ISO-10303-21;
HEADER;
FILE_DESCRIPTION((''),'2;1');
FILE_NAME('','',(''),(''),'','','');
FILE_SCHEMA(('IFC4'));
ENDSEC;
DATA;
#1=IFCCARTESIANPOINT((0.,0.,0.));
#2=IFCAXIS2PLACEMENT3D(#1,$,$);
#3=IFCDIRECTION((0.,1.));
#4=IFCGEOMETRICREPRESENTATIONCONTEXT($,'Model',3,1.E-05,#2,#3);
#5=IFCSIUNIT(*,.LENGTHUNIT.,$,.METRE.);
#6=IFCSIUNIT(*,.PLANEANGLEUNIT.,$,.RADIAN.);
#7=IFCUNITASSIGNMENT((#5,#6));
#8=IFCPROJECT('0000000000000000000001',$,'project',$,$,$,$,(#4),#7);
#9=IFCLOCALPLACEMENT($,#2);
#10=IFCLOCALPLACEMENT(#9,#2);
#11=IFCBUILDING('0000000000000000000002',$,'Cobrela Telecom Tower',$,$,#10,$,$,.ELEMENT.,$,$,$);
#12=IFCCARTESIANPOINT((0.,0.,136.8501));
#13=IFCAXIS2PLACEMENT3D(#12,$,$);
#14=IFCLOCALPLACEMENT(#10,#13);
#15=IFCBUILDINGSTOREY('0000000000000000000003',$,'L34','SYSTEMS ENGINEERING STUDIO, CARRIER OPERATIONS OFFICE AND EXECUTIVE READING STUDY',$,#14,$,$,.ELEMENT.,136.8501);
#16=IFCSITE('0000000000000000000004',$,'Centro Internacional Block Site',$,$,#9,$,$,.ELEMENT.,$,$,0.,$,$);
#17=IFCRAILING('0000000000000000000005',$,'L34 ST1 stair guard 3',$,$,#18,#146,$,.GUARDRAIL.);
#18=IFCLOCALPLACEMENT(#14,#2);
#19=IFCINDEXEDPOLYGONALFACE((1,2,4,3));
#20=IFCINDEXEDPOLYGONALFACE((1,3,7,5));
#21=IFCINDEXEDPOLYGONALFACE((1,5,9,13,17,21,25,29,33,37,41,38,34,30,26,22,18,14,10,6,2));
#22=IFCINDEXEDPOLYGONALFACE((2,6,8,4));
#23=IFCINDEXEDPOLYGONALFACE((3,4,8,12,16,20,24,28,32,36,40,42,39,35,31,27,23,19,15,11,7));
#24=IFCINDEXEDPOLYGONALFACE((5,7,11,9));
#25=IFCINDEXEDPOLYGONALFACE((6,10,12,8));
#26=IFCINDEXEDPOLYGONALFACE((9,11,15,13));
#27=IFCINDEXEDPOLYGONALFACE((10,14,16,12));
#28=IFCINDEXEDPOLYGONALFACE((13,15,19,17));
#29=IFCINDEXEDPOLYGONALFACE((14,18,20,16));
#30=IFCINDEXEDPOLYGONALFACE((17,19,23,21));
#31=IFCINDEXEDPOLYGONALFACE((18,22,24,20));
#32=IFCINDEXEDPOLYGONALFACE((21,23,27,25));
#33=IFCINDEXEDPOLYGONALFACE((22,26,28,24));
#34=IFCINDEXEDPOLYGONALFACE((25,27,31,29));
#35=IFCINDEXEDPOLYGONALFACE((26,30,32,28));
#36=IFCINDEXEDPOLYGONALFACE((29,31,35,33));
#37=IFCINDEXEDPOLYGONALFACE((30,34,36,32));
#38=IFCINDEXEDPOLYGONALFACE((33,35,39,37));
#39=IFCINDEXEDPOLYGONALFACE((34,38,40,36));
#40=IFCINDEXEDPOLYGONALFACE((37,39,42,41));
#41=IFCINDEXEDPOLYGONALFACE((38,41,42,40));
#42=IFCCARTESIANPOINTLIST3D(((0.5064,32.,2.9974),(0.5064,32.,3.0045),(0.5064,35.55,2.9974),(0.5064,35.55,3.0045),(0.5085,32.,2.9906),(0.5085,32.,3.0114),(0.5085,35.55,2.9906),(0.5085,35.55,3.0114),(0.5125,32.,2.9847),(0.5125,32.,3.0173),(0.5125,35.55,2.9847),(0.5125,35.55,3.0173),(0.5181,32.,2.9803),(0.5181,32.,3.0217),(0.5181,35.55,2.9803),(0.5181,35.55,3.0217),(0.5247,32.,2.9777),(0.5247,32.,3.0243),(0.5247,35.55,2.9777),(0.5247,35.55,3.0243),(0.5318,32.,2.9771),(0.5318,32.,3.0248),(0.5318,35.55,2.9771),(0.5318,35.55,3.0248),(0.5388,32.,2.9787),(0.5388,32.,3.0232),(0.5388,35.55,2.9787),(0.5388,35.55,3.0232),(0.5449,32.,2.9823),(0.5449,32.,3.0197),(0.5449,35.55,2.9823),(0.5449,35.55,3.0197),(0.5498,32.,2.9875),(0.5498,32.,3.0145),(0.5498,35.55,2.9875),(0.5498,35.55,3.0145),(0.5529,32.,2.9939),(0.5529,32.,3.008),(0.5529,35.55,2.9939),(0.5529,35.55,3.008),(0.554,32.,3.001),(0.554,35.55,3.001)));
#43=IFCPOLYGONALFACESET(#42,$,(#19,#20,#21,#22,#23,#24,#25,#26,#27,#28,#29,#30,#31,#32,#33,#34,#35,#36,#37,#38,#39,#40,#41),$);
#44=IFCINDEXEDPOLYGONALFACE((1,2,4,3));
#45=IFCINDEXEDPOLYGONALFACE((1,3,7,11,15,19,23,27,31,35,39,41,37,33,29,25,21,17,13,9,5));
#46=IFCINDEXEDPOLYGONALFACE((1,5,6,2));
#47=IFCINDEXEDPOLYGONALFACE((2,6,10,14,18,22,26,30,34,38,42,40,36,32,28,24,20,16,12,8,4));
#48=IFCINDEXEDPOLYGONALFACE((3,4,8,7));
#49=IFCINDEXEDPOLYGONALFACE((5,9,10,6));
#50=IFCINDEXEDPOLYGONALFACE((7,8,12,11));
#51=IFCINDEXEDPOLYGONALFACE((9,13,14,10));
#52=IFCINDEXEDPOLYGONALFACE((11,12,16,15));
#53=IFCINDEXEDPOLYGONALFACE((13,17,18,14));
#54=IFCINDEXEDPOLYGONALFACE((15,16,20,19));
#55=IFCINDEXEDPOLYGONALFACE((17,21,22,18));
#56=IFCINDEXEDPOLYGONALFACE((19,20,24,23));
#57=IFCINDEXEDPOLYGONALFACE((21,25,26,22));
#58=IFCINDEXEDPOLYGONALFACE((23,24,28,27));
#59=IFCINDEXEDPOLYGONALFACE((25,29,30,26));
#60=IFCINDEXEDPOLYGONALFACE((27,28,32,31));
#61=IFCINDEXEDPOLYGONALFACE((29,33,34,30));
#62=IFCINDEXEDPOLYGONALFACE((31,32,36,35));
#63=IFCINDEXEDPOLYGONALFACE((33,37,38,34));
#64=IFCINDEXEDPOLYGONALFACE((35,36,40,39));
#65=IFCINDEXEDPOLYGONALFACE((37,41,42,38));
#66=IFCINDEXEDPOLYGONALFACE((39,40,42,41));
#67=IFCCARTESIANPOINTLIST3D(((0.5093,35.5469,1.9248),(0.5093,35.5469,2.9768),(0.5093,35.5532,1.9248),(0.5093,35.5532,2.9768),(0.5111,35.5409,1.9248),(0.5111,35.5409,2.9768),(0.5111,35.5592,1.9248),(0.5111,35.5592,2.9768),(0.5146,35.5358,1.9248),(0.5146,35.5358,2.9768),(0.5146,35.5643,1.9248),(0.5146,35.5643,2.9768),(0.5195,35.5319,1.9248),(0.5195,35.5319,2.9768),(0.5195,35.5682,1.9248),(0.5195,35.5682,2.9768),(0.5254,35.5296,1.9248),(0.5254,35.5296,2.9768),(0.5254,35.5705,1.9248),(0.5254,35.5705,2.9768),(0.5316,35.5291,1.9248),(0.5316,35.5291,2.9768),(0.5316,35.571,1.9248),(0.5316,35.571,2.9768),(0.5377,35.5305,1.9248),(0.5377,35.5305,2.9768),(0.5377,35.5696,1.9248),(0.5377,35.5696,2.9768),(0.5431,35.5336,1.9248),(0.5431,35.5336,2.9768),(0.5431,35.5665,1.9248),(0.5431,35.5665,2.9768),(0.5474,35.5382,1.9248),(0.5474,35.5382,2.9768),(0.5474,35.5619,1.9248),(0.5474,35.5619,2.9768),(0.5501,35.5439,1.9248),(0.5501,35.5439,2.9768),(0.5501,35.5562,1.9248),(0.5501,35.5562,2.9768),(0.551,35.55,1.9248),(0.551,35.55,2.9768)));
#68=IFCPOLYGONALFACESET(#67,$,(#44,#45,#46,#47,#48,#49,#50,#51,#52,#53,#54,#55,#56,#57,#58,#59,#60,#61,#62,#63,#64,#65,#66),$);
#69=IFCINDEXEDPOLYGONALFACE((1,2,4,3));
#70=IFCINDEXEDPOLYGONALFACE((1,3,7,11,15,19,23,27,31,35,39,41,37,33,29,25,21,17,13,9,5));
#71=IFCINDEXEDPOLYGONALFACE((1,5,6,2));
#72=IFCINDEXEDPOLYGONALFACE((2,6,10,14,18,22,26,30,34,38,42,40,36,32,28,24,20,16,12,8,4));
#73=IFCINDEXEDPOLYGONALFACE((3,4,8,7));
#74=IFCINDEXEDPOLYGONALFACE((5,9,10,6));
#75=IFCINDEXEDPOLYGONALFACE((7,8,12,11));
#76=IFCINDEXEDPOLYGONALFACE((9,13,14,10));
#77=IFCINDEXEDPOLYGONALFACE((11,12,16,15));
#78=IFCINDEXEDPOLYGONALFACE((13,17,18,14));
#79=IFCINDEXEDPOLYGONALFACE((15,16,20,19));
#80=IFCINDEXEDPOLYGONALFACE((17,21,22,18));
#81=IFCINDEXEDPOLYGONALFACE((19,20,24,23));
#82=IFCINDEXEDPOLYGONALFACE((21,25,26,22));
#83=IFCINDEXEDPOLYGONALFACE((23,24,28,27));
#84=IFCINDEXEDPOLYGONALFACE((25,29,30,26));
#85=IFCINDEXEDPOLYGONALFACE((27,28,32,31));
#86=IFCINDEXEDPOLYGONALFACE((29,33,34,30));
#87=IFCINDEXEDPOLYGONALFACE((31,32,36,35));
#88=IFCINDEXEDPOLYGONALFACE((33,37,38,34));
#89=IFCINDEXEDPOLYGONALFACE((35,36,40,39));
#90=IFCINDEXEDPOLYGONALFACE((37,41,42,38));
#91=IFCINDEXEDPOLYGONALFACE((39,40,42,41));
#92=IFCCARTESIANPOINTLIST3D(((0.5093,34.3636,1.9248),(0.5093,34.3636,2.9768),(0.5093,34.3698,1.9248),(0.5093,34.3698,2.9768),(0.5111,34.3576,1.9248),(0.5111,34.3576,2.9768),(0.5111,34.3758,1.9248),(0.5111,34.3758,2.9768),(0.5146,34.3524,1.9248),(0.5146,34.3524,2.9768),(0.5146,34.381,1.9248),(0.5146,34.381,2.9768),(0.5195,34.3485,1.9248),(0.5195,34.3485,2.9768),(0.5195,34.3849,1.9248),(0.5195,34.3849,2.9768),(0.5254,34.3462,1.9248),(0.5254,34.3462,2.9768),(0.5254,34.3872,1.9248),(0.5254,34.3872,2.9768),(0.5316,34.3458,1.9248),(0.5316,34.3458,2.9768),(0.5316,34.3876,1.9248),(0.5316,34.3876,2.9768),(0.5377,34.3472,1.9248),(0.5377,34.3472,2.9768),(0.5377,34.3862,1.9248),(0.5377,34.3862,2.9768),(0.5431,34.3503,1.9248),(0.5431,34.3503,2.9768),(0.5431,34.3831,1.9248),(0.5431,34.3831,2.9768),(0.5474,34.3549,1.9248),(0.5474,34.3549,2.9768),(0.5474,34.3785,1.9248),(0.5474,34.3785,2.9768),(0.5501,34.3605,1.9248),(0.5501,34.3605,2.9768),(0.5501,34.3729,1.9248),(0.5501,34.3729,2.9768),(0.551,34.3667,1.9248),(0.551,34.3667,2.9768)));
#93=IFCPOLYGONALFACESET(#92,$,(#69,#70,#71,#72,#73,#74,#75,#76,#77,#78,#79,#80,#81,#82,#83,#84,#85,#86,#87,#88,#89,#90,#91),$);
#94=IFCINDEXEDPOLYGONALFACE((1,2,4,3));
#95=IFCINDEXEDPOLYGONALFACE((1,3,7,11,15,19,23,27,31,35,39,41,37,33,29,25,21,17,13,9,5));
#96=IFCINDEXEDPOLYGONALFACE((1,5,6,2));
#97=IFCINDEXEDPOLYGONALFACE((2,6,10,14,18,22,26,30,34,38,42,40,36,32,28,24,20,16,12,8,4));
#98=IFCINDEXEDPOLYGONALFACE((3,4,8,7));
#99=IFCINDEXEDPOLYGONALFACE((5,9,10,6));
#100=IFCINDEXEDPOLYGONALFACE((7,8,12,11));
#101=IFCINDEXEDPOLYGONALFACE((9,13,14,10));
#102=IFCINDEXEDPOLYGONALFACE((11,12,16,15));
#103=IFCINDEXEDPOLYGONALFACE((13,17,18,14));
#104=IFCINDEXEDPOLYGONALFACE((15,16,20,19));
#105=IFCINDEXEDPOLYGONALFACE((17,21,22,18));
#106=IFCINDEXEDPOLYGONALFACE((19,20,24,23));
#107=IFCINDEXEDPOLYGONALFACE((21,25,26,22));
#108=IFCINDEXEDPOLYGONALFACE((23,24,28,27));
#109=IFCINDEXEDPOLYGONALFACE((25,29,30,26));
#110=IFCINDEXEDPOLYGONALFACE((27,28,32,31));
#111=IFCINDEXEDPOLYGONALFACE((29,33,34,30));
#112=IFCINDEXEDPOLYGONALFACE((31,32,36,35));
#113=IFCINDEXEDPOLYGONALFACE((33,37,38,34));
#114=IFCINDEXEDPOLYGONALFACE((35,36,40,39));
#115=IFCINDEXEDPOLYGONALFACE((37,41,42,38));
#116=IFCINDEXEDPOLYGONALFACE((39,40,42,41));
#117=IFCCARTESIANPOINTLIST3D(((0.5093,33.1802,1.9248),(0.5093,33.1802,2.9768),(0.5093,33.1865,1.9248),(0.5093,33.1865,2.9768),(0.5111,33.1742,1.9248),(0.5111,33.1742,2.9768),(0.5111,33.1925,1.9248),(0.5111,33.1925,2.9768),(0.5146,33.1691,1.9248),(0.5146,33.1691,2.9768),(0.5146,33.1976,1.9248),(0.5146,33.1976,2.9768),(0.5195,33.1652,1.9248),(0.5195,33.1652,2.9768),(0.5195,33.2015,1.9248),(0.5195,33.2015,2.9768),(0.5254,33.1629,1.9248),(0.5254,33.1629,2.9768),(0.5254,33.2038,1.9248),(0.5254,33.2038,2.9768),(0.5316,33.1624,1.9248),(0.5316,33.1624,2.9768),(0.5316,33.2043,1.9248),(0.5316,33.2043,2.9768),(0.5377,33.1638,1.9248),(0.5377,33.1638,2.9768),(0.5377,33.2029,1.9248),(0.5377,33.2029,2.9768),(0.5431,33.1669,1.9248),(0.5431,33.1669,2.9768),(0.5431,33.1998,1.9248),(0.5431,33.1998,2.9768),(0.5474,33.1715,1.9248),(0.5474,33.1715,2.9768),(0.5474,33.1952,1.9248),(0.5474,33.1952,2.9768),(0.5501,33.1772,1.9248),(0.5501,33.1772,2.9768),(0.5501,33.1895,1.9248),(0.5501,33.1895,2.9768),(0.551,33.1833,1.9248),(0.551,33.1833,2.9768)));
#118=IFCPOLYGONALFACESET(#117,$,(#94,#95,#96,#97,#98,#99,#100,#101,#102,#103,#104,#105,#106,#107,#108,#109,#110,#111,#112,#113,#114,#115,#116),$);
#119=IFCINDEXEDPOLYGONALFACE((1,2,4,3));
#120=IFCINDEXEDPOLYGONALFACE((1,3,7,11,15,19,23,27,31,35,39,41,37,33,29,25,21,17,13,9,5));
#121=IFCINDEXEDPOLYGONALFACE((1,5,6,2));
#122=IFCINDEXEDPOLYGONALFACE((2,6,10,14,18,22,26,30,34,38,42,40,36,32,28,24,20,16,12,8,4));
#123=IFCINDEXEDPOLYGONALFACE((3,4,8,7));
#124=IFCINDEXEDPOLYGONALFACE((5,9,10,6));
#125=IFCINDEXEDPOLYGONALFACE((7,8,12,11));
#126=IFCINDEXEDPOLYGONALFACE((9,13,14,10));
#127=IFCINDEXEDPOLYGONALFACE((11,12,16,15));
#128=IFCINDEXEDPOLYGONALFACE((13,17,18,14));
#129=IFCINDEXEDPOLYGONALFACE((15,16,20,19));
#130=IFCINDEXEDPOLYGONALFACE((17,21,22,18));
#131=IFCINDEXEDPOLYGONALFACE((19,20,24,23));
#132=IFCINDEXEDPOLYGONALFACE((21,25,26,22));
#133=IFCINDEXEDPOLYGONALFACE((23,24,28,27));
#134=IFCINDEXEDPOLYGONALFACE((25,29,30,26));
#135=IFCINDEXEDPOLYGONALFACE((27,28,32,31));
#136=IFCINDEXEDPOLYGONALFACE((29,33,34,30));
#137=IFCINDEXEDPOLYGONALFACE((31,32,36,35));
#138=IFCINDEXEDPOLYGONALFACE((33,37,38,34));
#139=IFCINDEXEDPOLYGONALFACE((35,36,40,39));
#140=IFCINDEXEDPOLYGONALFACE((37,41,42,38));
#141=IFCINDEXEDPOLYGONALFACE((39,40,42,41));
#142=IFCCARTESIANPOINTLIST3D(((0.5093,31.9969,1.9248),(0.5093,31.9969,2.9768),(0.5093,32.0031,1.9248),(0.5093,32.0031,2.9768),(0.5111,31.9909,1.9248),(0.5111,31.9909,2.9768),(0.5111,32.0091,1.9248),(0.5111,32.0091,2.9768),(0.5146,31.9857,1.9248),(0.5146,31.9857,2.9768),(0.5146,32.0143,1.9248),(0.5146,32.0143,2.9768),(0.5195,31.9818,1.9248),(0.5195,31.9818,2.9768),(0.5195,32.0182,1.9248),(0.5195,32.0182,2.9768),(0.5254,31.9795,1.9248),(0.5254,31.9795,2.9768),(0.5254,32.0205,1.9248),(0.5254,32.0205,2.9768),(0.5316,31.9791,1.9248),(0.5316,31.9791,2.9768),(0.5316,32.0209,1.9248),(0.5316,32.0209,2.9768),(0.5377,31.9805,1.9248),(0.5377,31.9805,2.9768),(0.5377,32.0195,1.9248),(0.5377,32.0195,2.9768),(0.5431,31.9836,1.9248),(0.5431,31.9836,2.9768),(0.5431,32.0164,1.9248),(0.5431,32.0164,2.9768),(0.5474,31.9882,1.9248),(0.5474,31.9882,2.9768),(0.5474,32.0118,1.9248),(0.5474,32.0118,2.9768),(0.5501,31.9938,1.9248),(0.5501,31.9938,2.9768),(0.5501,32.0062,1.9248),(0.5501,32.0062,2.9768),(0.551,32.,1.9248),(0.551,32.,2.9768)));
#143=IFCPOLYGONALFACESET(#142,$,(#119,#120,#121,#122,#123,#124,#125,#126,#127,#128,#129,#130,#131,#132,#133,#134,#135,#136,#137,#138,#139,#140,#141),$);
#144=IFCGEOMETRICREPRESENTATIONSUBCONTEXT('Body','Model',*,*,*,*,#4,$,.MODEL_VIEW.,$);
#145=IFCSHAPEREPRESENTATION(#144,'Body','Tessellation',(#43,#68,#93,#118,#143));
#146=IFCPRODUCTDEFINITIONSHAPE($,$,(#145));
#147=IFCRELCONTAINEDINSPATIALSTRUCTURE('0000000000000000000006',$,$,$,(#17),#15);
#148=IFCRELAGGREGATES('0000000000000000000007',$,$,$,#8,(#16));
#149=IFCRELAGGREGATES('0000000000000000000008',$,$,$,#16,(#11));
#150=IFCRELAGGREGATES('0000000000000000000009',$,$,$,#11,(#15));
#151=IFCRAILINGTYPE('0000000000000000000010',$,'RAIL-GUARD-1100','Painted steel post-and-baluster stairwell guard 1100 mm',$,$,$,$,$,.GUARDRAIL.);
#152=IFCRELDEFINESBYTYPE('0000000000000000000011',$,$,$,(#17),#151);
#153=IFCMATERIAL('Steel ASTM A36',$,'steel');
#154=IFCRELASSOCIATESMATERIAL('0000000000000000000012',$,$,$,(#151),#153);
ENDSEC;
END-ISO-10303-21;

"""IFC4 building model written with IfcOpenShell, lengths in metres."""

from ifc_helpers import new_model, si_unit, direction, frame, origin, origin_2d, place, context, subcontext, project, spatial, circle, extrude, material, type_object, element, save


model = new_model("IFC4")

# Units and contexts
model_context = context("Model", 3, precision=1e-05, world=origin(), true_north=direction((0.0, 1.0)))
body_context = subcontext(model_context, "Body", "Model", "MODEL_VIEW")
ifc_project = project(units=[si_unit("LENGTHUNIT", "METRE"), si_unit("PLANEANGLEUNIT", "RADIAN")], contexts=[model_context])

# Site, building, storey
site_placement = place(None, origin())
site = spatial("IfcSite", under=ifc_project, at=site_placement, Name="Centro Internacional Block Site", CompositionType="ELEMENT", RefElevation=0.0)
building_placement = place(site_placement, origin())
building = spatial("IfcBuilding", under=site, at=building_placement, Name="Cobrela Telecom Tower", CompositionType="ELEMENT")
storey_placement = place(building_placement, frame((0.0, 0.0, 136.8501)))
storey = spatial("IfcBuildingStorey", under=building, at=storey_placement, Name="L34", Description="SYSTEMS ENGINEERING STUDIO, CARRIER OPERATIONS OFFICE AND EXECUTIVE READING STUDY", CompositionType="ELEMENT", Elevation=136.8501)

# Shared definitions
ifc_material_1 = material(Name="Steel ASTM A36", Category="steel")

# Railing
railing_type_1 = type_object("IfcRailingType", Name="RAIL-GUARD-1100", Description="Painted steel post-and-baluster stairwell guard 1100 mm", PredefinedType="GUARDRAIL", material=ifc_material_1)
railing_1_placement = place(storey_placement, frame((0.53, 35.55, 1.9248)))
element("IfcRailing", 1, at=railing_1_placement, inside=storey, type_object=railing_type_1, Name="L34 ST1 stair guard 3", PredefinedType="GUARDRAIL", context=body_context, shape_type="SweptSolid", body=[
    extrude(circle(Radius=0.0239, at=origin_2d()), frame((0.0, 0.0, 1.0762), z_axis=(0.0, -1.0, 0.0), x_axis=(1.0, 0.0, 0.0)), (0.0, 0.0, 1.0), 3.55),
    extrude(circle(Radius=0.021, at=origin_2d()), origin(), (0.0, 0.0, 1.0), 1.052),
    extrude(circle(Radius=0.021, at=origin_2d()), frame((0.0, -1.1833, 0.0)), (0.0, 0.0, 1.0), 1.052),
    extrude(circle(Radius=0.021, at=origin_2d()), frame((0.0, -2.3667, 0.0)), (0.0, 0.0, 1.0), 1.052),
    extrude(circle(Radius=0.021, at=origin_2d()), frame((0.0, -3.55, 0.0)), (0.0, 0.0, 1.0), 1.052),
])

save(model, "model.ifc")
